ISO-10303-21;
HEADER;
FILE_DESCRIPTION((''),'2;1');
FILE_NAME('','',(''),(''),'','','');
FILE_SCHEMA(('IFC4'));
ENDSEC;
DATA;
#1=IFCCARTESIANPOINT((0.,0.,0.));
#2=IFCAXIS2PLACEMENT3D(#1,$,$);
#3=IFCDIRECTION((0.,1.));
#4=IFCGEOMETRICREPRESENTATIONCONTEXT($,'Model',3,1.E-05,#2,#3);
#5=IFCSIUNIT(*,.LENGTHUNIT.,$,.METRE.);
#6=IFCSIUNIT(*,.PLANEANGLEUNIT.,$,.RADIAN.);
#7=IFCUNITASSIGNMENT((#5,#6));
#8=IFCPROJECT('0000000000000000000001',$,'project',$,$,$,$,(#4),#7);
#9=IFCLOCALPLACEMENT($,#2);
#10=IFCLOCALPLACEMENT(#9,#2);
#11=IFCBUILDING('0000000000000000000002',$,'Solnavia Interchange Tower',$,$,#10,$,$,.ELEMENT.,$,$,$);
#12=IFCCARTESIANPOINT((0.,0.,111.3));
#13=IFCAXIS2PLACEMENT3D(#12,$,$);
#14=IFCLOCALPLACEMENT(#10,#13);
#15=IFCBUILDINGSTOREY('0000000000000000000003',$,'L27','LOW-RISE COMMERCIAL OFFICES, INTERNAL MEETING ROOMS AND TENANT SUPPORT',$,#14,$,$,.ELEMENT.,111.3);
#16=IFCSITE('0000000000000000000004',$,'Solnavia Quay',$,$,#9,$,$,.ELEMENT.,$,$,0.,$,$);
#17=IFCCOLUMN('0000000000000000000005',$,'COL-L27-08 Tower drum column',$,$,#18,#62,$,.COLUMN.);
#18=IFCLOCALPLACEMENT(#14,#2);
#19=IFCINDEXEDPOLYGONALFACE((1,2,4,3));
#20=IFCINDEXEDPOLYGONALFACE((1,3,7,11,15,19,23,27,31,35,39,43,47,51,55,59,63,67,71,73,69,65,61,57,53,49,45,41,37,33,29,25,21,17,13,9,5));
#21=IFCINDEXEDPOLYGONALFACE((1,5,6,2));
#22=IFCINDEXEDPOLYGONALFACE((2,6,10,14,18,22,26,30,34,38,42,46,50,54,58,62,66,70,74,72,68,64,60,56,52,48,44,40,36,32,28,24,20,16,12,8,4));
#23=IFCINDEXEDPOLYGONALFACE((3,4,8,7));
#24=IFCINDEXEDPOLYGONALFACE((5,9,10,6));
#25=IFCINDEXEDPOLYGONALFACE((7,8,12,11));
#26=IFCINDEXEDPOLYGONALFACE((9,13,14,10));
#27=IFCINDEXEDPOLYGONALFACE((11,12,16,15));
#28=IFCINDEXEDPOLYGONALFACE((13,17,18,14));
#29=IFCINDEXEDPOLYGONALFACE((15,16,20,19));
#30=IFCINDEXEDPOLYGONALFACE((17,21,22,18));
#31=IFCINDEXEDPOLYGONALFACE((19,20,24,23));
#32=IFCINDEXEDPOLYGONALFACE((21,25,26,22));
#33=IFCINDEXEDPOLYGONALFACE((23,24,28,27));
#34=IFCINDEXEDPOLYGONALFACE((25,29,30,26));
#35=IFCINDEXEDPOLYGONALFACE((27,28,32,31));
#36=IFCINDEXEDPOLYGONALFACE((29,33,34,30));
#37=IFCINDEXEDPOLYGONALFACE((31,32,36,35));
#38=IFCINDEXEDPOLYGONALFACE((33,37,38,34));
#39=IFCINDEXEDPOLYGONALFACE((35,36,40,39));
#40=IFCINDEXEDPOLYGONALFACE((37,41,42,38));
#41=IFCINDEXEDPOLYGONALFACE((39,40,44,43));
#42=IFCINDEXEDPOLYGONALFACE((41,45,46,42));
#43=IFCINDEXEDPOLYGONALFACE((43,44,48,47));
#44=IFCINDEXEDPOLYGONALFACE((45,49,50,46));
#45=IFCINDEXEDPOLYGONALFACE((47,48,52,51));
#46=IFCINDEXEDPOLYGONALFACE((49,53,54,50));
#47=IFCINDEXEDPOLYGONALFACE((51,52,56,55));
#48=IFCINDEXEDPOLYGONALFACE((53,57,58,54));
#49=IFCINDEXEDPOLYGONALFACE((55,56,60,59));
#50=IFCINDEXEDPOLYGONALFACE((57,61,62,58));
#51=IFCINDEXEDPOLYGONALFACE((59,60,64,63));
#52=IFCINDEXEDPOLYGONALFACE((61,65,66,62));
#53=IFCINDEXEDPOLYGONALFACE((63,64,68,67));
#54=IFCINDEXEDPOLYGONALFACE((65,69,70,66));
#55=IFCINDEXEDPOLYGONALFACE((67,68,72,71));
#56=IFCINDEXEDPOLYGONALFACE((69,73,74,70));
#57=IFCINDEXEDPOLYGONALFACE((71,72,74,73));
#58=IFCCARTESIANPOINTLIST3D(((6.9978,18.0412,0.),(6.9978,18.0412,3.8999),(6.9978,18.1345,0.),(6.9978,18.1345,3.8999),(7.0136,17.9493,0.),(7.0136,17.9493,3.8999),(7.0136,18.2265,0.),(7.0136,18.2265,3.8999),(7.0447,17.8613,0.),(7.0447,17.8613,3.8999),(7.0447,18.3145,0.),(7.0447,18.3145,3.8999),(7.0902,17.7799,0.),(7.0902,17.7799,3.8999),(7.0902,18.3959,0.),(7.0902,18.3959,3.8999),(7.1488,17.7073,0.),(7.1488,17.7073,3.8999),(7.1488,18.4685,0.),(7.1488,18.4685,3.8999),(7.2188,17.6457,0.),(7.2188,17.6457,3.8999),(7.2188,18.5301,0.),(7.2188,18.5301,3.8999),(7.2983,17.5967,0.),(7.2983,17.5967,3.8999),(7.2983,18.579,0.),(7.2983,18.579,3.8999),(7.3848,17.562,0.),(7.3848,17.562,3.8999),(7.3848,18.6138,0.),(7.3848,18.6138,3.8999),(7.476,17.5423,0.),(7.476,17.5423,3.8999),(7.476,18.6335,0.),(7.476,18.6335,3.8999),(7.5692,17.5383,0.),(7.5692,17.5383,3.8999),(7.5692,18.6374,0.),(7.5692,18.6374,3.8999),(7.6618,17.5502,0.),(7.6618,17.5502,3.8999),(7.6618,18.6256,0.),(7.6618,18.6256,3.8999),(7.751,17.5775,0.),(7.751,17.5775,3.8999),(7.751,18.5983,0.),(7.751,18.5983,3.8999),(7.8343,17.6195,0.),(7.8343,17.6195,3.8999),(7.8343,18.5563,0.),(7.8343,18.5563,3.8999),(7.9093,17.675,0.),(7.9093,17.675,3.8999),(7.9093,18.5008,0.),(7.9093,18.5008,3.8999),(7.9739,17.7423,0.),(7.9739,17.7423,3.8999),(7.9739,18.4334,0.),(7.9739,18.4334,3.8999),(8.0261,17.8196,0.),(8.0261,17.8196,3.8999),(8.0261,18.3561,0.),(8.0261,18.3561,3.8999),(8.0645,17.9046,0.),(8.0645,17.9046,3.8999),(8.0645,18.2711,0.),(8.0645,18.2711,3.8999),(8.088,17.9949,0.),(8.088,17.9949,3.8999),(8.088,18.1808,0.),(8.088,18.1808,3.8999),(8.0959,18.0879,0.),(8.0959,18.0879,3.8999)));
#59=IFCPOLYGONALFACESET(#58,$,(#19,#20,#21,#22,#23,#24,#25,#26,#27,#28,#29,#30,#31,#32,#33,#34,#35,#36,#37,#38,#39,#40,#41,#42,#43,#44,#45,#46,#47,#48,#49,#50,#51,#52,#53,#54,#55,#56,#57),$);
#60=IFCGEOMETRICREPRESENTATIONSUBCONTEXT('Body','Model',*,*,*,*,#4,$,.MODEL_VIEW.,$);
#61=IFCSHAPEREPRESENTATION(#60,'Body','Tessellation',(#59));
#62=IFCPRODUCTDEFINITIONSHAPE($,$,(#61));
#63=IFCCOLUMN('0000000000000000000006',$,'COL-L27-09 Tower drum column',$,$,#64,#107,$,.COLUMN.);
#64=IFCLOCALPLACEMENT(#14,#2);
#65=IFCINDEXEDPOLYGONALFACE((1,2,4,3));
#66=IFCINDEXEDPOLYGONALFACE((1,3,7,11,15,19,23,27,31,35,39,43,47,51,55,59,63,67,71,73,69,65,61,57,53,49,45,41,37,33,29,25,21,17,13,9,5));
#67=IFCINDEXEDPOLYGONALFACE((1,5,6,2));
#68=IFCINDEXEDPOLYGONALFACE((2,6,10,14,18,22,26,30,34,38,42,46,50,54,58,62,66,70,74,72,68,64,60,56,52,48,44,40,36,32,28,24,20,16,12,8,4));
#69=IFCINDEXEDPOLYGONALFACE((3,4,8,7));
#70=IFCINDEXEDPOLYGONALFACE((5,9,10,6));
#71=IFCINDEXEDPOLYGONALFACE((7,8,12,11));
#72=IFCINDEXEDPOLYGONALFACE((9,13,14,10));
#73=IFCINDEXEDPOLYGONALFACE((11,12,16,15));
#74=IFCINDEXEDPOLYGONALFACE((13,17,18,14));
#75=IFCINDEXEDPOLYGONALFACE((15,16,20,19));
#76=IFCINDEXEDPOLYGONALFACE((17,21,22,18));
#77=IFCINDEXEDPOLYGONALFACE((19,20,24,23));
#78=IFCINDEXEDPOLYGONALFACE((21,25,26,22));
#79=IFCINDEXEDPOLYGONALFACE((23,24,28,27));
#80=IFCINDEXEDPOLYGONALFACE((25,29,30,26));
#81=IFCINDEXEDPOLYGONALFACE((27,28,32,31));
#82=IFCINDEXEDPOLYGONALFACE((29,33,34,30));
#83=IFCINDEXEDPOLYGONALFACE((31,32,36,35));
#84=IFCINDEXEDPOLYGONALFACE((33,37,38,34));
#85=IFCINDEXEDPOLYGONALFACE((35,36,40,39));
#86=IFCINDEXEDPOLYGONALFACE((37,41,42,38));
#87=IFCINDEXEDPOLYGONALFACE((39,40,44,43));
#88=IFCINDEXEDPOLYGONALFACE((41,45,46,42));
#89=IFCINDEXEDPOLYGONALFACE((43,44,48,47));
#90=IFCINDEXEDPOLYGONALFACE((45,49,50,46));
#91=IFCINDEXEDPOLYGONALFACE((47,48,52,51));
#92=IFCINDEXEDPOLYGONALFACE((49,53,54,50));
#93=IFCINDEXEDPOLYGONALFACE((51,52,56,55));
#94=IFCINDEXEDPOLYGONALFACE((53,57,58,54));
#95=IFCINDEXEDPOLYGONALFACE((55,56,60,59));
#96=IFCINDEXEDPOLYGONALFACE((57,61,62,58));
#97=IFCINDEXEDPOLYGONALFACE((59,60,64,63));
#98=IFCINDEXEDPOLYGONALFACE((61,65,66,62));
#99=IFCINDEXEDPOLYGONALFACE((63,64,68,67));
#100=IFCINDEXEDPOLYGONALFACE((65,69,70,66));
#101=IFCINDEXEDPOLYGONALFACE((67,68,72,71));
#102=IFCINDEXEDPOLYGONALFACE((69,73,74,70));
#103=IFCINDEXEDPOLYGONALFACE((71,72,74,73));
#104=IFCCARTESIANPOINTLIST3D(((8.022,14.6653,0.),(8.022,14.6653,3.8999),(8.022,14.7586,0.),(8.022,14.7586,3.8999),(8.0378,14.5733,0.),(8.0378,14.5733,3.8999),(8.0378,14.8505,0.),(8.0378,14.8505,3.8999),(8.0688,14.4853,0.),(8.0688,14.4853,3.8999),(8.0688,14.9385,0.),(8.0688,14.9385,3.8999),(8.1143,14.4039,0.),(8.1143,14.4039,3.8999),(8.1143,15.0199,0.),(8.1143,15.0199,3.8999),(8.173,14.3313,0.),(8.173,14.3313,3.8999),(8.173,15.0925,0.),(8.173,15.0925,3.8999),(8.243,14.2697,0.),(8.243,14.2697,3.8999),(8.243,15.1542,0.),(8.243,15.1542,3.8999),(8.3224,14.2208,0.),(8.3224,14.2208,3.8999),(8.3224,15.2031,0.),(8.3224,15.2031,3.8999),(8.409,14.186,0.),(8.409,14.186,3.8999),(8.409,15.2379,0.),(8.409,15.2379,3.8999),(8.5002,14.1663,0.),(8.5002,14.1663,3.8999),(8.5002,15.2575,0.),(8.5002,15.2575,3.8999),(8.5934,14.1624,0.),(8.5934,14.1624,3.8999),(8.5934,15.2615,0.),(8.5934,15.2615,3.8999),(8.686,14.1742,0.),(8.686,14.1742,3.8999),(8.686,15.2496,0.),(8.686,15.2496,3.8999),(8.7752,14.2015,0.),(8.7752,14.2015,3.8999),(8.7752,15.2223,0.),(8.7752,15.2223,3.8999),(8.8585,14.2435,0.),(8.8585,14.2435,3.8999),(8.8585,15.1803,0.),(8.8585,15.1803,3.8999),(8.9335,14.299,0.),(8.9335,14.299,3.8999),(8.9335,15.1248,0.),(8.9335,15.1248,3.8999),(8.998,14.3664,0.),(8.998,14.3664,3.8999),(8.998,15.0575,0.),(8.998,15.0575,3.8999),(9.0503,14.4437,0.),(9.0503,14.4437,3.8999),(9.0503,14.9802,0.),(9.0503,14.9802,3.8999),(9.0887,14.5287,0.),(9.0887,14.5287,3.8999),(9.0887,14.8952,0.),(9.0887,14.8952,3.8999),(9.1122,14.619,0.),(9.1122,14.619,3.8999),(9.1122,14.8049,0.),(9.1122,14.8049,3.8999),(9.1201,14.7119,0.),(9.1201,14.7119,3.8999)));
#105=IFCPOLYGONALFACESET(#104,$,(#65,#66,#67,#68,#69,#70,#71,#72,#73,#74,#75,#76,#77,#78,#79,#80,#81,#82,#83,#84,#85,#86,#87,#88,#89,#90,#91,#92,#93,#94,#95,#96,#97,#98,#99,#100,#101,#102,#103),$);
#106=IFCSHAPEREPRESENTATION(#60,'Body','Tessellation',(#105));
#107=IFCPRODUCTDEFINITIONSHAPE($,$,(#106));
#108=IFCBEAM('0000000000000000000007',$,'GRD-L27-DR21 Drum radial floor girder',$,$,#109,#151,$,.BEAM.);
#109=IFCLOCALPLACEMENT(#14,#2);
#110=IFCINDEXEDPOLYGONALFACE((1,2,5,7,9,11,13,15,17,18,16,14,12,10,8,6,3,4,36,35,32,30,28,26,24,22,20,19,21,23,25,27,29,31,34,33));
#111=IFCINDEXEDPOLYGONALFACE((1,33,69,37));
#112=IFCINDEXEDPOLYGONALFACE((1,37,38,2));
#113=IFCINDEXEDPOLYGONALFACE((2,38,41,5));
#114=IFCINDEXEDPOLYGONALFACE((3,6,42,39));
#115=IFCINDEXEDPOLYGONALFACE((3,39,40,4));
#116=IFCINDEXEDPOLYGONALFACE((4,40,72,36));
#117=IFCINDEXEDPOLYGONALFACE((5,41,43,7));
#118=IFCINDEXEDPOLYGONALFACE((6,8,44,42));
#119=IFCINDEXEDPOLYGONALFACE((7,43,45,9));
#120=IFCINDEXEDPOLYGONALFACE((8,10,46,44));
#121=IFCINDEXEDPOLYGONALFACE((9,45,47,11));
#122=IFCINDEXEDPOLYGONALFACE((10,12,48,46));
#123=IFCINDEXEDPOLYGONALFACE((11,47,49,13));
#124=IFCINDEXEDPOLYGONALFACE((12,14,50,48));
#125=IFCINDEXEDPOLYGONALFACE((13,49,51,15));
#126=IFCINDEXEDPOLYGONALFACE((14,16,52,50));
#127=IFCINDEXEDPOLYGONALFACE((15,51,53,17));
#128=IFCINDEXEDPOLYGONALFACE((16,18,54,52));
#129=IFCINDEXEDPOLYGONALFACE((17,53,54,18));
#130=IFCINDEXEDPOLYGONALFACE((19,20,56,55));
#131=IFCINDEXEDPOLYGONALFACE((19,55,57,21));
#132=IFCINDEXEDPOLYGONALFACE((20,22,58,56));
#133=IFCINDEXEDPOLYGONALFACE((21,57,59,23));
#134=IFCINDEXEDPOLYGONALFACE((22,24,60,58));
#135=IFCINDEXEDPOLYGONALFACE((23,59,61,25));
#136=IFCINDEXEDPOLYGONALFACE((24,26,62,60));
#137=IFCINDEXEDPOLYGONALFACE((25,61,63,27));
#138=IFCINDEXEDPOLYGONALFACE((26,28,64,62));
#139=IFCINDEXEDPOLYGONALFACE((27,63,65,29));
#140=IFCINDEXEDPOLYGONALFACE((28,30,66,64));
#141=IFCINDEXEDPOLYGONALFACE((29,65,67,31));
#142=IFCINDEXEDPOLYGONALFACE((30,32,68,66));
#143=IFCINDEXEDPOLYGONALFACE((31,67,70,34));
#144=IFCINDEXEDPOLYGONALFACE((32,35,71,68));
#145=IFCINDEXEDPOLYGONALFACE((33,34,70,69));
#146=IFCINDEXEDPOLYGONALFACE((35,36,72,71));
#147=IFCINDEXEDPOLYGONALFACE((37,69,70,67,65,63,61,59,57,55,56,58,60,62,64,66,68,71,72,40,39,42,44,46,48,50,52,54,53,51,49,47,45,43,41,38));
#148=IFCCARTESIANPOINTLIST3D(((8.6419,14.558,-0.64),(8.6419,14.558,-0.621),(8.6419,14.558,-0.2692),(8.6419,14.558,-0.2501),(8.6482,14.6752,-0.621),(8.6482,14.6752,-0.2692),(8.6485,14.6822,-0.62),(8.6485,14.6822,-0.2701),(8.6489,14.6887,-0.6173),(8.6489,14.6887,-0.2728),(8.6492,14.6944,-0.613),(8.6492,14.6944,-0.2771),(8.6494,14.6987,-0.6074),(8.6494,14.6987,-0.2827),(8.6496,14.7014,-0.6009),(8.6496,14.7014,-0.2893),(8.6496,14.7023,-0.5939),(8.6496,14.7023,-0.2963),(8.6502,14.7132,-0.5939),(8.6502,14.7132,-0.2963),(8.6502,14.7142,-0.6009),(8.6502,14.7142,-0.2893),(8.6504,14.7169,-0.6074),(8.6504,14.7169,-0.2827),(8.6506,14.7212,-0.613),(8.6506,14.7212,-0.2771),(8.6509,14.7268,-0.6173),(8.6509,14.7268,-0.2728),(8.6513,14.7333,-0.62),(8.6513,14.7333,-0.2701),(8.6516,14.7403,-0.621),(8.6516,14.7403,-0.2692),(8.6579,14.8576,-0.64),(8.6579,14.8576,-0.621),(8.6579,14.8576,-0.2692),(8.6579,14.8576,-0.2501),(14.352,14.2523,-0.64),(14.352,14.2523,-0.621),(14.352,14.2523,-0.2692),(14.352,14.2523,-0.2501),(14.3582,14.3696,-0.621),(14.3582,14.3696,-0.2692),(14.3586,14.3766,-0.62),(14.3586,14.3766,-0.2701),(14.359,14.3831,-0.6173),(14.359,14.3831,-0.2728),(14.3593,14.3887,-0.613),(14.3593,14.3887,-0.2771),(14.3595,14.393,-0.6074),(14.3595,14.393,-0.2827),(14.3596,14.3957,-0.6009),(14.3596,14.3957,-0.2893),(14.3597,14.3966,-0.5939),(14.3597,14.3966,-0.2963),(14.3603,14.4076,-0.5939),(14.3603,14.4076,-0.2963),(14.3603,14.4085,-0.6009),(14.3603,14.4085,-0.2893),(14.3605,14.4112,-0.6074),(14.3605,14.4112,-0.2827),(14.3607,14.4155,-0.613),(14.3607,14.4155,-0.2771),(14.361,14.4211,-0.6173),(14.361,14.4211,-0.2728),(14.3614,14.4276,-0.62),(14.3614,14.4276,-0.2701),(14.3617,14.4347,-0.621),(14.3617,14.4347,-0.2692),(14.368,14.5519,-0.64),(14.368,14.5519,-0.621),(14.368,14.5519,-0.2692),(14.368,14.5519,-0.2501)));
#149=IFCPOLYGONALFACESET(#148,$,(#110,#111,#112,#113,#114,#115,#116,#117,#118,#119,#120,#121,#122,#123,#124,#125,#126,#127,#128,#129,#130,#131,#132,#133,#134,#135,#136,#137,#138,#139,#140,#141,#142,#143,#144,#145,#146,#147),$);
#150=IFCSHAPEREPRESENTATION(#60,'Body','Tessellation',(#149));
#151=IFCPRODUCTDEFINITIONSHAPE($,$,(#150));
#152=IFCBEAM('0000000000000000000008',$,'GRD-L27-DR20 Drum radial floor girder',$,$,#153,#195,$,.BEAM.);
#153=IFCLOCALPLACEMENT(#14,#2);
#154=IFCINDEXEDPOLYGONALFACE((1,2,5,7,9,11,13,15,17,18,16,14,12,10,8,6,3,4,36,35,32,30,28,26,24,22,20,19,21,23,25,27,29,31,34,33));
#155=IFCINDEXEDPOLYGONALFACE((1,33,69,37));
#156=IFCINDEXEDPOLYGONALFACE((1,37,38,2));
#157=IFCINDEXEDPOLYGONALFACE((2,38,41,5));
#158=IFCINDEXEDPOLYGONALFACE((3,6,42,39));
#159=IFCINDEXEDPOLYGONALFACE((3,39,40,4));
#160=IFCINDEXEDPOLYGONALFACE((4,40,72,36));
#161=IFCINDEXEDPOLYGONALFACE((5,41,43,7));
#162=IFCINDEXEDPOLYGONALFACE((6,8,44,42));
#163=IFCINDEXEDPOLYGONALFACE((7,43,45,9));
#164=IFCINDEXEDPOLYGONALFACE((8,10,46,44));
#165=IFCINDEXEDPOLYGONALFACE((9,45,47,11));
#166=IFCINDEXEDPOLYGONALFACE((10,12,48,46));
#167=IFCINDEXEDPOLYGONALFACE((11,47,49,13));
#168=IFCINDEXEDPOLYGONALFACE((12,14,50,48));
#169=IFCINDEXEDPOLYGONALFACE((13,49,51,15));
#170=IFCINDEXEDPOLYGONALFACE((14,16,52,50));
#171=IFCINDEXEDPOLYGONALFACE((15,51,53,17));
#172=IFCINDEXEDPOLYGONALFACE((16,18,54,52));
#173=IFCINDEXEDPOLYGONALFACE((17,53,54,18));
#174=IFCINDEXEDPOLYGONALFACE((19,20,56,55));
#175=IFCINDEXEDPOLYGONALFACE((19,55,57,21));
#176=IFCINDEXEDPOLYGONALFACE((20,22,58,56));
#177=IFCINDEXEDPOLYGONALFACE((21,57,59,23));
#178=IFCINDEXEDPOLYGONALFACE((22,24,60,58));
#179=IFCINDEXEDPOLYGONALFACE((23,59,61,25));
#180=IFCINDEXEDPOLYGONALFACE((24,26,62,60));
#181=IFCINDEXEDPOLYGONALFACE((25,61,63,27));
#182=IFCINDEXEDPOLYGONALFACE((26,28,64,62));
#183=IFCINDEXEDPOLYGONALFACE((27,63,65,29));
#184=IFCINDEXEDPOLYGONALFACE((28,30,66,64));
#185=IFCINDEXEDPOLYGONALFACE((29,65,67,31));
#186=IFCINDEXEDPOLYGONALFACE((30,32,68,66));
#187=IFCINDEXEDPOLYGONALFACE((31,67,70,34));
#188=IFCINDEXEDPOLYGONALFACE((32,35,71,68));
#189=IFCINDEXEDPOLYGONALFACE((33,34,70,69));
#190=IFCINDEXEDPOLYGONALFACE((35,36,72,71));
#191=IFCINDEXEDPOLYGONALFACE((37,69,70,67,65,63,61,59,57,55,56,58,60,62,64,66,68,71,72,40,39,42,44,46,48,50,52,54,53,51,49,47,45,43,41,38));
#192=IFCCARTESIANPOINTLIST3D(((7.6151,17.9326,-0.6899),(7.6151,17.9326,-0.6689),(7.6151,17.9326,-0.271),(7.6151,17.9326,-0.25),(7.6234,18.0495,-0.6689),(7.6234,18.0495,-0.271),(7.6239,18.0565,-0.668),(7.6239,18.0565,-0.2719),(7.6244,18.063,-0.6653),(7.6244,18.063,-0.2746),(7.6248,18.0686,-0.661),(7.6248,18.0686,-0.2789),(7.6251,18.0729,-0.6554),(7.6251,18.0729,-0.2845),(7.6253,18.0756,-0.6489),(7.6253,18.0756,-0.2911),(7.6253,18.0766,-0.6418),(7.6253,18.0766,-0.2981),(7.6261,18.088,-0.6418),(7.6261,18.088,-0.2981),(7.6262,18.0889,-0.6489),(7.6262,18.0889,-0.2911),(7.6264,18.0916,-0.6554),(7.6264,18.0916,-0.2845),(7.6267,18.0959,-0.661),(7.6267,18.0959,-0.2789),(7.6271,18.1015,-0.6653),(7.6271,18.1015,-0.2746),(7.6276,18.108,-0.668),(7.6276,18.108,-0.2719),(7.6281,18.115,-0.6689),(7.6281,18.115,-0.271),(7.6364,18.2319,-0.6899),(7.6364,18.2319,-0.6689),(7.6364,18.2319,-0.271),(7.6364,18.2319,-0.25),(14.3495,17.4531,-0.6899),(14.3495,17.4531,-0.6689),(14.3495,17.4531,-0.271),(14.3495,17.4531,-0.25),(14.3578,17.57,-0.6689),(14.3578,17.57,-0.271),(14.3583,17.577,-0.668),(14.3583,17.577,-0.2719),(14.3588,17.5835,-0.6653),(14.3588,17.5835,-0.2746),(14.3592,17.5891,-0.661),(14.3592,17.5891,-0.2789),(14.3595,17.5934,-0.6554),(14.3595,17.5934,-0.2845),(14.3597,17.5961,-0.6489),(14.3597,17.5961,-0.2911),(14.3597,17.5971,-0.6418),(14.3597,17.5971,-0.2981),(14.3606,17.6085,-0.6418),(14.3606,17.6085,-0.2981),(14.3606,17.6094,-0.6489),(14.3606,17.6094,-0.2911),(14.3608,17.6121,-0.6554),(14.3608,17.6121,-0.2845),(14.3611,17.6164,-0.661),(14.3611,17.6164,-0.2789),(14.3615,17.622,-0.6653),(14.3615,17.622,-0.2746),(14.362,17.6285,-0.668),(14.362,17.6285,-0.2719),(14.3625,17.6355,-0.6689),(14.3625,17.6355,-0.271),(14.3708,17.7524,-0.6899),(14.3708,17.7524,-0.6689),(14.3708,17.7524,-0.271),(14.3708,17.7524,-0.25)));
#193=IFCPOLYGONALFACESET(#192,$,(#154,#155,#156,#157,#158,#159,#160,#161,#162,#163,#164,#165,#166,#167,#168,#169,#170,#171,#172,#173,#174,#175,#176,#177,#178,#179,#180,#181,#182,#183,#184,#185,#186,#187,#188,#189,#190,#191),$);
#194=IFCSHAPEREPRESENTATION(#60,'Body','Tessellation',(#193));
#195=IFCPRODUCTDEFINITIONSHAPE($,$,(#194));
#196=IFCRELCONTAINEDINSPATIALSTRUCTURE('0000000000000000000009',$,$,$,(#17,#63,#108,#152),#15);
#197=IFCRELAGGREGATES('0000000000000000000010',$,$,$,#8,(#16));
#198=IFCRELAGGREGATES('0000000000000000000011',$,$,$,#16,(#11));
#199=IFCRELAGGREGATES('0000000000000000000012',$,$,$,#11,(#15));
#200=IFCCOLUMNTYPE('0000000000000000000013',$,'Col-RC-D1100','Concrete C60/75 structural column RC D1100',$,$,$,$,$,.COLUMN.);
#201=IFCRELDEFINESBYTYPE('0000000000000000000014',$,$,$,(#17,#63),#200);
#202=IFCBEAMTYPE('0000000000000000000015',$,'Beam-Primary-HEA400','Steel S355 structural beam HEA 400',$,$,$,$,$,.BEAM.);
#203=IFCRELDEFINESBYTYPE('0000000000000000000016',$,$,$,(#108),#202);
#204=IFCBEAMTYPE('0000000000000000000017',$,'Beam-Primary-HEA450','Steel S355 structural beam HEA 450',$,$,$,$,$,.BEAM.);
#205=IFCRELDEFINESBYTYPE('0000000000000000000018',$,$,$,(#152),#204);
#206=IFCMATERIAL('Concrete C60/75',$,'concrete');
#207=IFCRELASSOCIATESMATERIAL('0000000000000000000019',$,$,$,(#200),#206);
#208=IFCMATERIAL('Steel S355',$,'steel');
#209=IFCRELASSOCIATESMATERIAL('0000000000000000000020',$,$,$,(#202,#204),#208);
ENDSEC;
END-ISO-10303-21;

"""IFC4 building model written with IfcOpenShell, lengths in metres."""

from ifc_helpers import new_model, si_unit, direction, frame, origin, origin_2d, place, context, subcontext, project, spatial, circle, i_section, extrude, material, material_profile, profile_set, type_object, element, save


model = new_model("IFC4")

# Units and contexts
model_context = context("Model", 3, precision=1e-05, world=origin(), true_north=direction((0.0, 1.0)))
body_context = subcontext(model_context, "Body", "Model", "MODEL_VIEW")
ifc_project = project(units=[si_unit("LENGTHUNIT", "METRE"), si_unit("PLANEANGLEUNIT", "RADIAN")], contexts=[model_context])

# Site, building, storey
site_placement = place(None, origin())
site = spatial("IfcSite", under=ifc_project, at=site_placement, Name="Solnavia Quay", CompositionType="ELEMENT", RefElevation=0.0)
building_placement = place(site_placement, origin())
building = spatial("IfcBuilding", under=site, at=building_placement, Name="Solnavia Interchange Tower", CompositionType="ELEMENT")
storey_placement = place(building_placement, frame((0.0, 0.0, 111.3)))
storey = spatial("IfcBuildingStorey", under=building, at=storey_placement, Name="L27", Description="LOW-RISE COMMERCIAL OFFICES, INTERNAL MEETING ROOMS AND TENANT SUPPORT", CompositionType="ELEMENT", Elevation=111.3)

# Columns
ifc_material_1 = material(Name="Concrete C60/75", Category="concrete")
ifc_material_profile_1 = material_profile(ifc_material_1, circle(Radius=0.55, at=origin_2d()), Name="RC D1100")
ifc_profile_set_1 = profile_set([ifc_material_profile_1], Name="Concrete C60/75")
column_type = type_object("IfcColumnType", Name="Col-RC-D1100", Description="Concrete C60/75 structural column RC D1100", PredefinedType="COLUMN", material=ifc_profile_set_1)
for number, where, z_axis, x_axis, name in (
    (1, (7.5459, 18.0879, 0.0), (0.0, 0.0, 1.0), (1.0, 0.0, 0.0), "COL-L27-08 Tower drum column"),
    (2, (8.5701, 14.7119, 0.0), (0.0, 0.0, 1.0), (1.0, 0.0, 0.0), "COL-L27-09 Tower drum column"),
):
    element("IfcColumn", number, at=place(storey_placement, frame(where, z_axis=z_axis, x_axis=x_axis)), inside=storey, type_object=column_type, Name=name, PredefinedType="COLUMN", context=body_context, shape_type="SweptSolid", body=[
        extrude(circle(Radius=0.55, at=origin_2d()), origin(), (0.0, 0.0, 1.0), 3.8999),
    ])

# Beams
ifc_material_2 = material(Name="Steel S355", Category="steel")
ifc_material_profile_2 = material_profile(ifc_material_2, i_section(OverallWidth=0.3, OverallDepth=0.3899, WebThickness=0.011, FlangeThickness=0.019, FilletRadius=0.0271, at=origin_2d()), Name="HEA 400")
ifc_profile_set_2 = profile_set([ifc_material_profile_2], Name="Steel S355")
beam_type_1 = type_object("IfcBeamType", Name="Beam-Primary-HEA400", Description="Steel S355 structural beam HEA 400", PredefinedType="BEAM", material=ifc_profile_set_2)
beam_1_placement = place(storey_placement, frame((8.6499, 14.7078, -0.4451), z_axis=(0.99857, -0.053453, 0.0), x_axis=(0.053453, 0.99857, 0.0)))
element("IfcBeam", 3, at=beam_1_placement, inside=storey, type_object=beam_type_1, Name="GRD-L27-DR21 Drum radial floor girder", PredefinedType="BEAM", context=body_context, shape_type="SweptSolid", body=[
    extrude(i_section(OverallWidth=0.3, OverallDepth=0.3899, WebThickness=0.011, FlangeThickness=0.019, FilletRadius=0.0271, at=origin_2d()), origin(), (0.0, 0.0, 1.0), 5.7183),
])
ifc_material_profile_3 = material_profile(ifc_material_2, i_section(OverallWidth=0.3, OverallDepth=0.4399, WebThickness=0.0115, FlangeThickness=0.021, FilletRadius=0.0271, at=origin_2d()), Name="HEA 450")
ifc_profile_set_3 = profile_set([ifc_material_profile_3], Name="Steel S355")
beam_type_2 = type_object("IfcBeamType", Name="Beam-Primary-HEA450", Description="Steel S355 structural beam HEA 450", PredefinedType="BEAM", material=ifc_profile_set_3)
beam_2_placement = place(storey_placement, frame((7.6257, 18.0823, -0.47), z_axis=(0.997475, -0.071021, 0.0), x_axis=(0.071021, 0.997475, 0.0)))
element("IfcBeam", 4, at=beam_2_placement, inside=storey, type_object=beam_type_2, Name="GRD-L27-DR20 Drum radial floor girder", PredefinedType="BEAM", context=body_context, shape_type="SweptSolid", body=[
    extrude(i_section(OverallWidth=0.3, OverallDepth=0.4399, WebThickness=0.0115, FlangeThickness=0.021, FilletRadius=0.0271, at=origin_2d()), origin(), (0.0, 0.0, 1.0), 6.7515),
])

save(model, "model.ifc")
